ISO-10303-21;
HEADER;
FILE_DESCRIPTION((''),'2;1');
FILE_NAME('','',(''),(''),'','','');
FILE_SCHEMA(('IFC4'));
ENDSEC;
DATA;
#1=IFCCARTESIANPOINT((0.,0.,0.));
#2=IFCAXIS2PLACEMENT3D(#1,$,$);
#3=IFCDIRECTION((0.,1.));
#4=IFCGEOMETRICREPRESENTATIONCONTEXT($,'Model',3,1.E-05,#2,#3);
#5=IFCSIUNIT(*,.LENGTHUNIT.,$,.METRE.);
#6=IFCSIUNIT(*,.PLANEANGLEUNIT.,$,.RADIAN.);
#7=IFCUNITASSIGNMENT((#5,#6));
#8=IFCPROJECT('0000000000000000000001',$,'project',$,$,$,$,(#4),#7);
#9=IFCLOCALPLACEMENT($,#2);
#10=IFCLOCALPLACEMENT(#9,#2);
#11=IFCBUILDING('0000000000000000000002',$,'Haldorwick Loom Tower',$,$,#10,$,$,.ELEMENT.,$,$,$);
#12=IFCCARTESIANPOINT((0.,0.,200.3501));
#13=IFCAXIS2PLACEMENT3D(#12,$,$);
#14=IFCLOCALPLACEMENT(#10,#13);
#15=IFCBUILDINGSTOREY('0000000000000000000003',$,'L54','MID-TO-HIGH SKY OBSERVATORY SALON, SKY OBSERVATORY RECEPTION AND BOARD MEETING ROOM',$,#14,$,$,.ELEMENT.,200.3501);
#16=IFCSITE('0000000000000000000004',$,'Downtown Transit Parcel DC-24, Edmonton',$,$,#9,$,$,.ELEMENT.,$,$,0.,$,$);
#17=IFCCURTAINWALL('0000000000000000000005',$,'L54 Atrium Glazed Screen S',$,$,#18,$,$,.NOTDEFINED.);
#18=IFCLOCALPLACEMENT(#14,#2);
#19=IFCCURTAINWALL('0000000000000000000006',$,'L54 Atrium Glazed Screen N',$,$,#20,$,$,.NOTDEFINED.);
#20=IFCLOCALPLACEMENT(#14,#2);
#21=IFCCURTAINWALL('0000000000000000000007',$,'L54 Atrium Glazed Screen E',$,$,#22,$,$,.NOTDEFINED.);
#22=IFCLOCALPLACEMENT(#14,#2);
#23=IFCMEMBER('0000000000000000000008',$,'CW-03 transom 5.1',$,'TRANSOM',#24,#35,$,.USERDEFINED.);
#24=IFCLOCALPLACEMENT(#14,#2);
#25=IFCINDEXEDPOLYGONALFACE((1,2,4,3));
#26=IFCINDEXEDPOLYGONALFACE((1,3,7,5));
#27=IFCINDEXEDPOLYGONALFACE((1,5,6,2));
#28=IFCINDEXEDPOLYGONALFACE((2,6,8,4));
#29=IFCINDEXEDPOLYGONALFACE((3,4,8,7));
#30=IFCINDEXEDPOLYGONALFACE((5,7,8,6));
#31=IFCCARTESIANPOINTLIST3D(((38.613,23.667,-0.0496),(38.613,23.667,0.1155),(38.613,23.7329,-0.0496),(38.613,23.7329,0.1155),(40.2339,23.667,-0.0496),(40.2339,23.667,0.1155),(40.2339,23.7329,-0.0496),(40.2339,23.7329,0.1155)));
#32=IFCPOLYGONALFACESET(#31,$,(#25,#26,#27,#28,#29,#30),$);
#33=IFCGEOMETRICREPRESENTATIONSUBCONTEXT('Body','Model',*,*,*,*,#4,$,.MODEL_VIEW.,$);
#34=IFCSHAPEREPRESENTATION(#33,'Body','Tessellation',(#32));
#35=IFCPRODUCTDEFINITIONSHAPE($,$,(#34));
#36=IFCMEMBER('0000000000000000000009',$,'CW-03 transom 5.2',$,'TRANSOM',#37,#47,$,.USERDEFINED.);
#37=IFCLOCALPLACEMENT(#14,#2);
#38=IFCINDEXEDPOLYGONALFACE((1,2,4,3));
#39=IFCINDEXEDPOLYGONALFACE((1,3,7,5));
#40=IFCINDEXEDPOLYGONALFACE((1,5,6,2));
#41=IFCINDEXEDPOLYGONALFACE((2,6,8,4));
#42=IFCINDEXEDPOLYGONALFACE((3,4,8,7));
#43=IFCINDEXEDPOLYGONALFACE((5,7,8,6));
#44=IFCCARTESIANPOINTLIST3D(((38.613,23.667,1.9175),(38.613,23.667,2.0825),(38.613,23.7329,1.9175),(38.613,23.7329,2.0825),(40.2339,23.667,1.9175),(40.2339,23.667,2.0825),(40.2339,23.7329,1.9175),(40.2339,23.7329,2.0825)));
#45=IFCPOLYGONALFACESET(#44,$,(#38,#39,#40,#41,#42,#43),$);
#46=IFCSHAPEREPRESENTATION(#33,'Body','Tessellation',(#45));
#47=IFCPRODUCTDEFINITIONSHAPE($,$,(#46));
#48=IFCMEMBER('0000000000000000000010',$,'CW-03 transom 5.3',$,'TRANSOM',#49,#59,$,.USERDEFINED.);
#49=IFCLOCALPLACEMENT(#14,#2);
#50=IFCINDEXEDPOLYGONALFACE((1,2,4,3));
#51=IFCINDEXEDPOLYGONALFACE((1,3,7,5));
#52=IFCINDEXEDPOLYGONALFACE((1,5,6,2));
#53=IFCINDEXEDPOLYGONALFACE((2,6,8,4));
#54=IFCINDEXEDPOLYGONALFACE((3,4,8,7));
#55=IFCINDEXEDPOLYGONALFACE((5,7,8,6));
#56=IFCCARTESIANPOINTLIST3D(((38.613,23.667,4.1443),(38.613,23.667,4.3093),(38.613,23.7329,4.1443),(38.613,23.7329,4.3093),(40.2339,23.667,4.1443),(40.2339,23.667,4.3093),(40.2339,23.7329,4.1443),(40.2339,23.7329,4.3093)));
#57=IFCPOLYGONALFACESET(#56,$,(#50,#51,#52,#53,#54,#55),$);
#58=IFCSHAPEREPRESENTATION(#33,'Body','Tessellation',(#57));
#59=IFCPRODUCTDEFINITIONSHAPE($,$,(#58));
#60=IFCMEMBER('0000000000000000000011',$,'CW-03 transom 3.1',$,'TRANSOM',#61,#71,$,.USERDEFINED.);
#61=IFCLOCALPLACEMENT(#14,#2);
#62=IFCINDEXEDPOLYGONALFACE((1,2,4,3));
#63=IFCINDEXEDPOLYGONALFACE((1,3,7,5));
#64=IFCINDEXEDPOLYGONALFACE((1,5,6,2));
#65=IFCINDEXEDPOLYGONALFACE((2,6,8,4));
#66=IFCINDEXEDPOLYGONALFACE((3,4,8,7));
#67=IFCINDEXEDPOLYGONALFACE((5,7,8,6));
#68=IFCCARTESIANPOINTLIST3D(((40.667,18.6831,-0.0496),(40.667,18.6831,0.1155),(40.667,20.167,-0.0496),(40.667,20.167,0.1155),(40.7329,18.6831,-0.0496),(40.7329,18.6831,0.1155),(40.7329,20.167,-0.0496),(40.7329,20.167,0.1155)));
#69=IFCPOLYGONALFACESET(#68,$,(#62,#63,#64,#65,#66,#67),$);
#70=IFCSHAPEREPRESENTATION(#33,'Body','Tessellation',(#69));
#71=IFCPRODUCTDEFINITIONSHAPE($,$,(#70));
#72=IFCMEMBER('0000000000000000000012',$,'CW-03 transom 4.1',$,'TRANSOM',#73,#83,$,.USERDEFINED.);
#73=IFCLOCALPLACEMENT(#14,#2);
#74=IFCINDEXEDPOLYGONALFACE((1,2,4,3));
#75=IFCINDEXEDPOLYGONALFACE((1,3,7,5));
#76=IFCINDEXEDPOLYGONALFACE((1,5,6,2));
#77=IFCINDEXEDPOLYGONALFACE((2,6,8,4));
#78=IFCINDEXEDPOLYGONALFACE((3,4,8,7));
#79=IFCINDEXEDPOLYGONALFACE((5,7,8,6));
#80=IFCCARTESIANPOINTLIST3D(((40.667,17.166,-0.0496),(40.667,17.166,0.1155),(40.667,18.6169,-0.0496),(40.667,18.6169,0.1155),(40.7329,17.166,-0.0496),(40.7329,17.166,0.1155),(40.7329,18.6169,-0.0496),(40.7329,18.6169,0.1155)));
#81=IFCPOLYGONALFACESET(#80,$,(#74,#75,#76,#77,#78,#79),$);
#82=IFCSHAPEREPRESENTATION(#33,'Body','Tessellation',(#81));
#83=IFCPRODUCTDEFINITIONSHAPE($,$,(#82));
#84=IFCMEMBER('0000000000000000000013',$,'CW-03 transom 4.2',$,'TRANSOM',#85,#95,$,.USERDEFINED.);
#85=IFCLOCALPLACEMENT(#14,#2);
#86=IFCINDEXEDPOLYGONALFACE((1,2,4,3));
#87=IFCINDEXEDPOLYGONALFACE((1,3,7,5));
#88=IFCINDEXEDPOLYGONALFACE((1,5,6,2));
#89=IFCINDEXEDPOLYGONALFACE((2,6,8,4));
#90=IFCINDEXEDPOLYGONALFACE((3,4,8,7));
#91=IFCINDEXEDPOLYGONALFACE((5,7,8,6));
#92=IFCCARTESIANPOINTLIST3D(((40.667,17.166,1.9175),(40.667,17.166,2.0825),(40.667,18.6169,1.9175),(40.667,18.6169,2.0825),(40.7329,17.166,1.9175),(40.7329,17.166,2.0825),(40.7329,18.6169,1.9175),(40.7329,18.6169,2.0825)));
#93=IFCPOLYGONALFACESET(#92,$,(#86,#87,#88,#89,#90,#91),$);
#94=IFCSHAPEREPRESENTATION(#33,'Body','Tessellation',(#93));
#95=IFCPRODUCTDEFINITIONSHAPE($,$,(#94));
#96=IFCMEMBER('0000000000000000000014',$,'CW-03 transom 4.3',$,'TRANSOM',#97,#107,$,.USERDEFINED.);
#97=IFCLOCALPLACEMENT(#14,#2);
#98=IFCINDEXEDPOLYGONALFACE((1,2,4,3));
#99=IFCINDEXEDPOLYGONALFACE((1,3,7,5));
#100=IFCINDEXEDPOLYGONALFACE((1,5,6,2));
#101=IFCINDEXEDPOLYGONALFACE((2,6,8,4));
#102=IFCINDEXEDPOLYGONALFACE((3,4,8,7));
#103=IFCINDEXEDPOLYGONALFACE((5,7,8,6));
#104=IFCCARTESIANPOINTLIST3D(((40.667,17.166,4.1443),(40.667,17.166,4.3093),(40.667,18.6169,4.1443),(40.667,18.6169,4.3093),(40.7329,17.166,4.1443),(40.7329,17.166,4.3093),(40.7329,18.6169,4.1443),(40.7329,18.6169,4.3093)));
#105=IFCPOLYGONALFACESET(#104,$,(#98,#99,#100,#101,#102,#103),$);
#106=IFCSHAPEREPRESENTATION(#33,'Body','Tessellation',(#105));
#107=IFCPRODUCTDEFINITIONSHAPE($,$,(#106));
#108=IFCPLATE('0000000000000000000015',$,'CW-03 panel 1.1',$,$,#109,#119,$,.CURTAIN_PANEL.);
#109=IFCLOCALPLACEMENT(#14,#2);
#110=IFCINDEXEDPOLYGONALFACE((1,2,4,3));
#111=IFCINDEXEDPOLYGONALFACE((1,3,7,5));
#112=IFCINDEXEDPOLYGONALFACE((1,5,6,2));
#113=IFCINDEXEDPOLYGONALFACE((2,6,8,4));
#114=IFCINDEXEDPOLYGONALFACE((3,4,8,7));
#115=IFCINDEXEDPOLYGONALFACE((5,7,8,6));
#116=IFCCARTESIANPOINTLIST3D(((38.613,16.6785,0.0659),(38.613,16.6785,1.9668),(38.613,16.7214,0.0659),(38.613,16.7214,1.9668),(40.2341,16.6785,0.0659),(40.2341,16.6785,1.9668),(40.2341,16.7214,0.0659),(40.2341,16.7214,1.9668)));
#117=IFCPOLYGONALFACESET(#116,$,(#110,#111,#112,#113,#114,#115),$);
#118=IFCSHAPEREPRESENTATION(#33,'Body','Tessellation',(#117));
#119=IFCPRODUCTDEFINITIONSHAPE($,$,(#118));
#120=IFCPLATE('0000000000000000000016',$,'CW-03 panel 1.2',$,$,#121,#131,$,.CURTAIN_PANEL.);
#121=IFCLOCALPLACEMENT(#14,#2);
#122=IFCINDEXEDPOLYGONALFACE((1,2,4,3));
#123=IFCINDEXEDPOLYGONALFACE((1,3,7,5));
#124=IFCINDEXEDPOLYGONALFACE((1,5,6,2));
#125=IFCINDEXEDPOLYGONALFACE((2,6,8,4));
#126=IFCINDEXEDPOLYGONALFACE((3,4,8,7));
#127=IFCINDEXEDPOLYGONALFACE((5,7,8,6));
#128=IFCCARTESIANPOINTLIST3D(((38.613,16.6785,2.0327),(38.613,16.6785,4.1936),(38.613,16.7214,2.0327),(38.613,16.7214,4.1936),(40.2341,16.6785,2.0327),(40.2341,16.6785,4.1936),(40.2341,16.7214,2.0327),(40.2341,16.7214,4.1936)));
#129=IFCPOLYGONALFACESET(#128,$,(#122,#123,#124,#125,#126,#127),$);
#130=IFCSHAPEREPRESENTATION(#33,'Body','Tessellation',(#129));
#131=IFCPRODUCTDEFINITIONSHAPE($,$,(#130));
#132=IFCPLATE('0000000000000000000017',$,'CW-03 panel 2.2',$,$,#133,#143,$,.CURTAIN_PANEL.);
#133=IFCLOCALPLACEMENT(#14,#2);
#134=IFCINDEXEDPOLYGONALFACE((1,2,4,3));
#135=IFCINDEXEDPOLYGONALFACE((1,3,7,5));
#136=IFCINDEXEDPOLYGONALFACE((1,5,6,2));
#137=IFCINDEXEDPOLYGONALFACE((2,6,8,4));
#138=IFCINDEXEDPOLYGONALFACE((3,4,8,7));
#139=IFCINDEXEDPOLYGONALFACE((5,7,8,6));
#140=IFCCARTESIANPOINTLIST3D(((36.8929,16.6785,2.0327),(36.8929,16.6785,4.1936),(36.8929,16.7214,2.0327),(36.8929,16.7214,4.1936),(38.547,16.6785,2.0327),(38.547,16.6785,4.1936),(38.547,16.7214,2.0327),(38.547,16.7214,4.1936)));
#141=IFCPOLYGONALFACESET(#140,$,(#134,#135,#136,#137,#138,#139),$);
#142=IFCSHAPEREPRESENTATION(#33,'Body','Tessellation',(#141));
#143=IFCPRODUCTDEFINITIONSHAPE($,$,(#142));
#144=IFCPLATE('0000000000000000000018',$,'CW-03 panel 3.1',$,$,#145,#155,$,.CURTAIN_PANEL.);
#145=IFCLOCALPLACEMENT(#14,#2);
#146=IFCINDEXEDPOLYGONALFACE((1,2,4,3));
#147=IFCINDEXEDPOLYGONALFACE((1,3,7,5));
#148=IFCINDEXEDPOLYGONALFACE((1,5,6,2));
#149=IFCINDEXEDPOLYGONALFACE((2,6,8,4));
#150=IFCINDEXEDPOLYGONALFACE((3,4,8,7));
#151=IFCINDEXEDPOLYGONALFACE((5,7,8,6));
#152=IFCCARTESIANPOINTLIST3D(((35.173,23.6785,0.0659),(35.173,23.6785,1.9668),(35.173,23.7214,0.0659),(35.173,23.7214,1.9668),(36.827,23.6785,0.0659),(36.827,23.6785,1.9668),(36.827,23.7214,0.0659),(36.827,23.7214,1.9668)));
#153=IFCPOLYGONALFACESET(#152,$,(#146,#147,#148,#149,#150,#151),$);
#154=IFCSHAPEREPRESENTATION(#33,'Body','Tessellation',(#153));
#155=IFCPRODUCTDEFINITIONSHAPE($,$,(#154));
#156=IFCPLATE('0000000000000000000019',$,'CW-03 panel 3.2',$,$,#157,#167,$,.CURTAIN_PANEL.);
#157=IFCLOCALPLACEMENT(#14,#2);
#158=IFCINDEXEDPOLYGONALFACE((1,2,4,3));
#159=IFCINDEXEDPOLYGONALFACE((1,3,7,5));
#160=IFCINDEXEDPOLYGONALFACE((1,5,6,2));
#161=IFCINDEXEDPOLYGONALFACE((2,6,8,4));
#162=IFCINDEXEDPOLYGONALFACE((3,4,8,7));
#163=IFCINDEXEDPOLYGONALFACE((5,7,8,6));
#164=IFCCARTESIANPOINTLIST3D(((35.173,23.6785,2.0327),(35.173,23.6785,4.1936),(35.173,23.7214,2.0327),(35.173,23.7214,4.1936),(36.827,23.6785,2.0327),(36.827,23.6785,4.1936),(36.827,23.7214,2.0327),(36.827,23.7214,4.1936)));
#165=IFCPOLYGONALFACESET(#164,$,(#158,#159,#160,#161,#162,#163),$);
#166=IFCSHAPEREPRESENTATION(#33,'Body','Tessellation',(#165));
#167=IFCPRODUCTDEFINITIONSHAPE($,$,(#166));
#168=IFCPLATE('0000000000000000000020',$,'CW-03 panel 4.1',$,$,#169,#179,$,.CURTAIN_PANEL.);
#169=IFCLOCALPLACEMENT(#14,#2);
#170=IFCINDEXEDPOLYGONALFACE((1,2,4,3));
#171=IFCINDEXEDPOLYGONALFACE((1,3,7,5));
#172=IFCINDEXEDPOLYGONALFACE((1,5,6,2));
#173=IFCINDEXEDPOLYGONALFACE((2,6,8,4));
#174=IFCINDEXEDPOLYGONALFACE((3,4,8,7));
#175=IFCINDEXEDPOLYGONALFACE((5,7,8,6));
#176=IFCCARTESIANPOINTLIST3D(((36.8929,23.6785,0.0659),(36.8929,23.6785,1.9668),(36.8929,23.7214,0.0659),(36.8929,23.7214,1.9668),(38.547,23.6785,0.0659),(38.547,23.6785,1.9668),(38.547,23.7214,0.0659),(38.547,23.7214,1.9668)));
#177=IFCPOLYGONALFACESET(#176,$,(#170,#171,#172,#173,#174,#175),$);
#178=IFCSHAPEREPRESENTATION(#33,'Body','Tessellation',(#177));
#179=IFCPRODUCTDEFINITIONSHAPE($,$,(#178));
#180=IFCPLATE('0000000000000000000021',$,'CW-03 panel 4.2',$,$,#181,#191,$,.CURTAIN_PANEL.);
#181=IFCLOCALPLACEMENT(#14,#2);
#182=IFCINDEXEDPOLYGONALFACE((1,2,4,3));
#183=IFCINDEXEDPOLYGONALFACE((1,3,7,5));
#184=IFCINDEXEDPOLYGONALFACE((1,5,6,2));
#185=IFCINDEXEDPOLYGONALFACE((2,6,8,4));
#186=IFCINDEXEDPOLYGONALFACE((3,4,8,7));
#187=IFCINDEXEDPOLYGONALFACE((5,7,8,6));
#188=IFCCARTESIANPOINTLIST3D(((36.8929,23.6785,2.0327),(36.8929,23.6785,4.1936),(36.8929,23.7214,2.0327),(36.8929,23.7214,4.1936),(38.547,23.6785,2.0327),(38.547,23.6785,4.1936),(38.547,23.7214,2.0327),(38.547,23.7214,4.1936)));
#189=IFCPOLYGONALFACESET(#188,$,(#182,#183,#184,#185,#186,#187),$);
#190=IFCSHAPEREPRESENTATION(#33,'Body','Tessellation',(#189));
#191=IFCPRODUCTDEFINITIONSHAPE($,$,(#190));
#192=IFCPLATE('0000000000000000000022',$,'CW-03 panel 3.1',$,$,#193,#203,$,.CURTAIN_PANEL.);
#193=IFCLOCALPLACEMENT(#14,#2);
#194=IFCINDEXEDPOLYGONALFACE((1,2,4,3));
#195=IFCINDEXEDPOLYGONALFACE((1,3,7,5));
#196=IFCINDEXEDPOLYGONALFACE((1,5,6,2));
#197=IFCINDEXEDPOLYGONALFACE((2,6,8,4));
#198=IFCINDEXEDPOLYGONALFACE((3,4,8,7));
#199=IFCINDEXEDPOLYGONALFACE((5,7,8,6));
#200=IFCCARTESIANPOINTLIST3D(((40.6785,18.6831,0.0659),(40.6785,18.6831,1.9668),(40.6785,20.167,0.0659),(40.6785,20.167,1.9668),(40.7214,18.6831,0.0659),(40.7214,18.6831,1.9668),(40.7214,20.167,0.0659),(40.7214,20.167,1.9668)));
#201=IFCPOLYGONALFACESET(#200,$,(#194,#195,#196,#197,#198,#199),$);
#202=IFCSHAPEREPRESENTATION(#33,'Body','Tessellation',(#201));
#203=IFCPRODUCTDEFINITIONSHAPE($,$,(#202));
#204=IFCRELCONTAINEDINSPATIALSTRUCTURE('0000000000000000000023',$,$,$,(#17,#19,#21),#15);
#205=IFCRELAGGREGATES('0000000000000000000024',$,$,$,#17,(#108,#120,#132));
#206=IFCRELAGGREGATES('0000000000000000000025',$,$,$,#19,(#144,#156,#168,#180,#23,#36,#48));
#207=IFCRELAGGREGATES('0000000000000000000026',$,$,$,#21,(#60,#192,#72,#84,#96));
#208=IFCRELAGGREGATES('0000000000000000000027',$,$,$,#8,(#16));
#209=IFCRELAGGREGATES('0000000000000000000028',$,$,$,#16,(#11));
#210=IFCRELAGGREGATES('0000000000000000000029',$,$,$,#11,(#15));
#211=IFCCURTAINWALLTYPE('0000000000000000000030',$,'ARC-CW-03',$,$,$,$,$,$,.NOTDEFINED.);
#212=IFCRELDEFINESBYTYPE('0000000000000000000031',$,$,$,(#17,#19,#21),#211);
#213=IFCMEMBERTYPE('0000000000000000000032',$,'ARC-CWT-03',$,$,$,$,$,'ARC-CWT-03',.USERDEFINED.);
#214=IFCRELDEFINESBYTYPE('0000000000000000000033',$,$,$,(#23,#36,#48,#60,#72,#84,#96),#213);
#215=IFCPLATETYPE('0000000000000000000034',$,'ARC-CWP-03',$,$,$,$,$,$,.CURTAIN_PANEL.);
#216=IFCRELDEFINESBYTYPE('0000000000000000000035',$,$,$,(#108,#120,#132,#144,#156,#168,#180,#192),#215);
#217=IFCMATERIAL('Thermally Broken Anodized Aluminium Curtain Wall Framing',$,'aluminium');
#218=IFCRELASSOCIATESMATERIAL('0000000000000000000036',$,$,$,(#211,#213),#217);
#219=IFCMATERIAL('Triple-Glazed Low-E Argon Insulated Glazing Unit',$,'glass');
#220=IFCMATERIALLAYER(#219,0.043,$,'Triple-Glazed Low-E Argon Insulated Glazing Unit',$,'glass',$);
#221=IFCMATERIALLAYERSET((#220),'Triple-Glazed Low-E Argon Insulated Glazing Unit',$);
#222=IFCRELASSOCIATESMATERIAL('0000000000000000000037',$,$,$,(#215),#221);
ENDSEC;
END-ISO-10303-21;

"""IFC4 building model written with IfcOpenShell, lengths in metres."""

from ifc_helpers import new_model, si_unit, direction, frame, origin, origin_2d, place, context, subcontext, project, spatial, rectangle, extrude, material, layer, layer_set, material_profile, profile_set, type_object, element, aggregate, save


model = new_model("IFC4")

# Units and contexts
model_context = context("Model", 3, precision=1e-05, world=origin(), true_north=direction((0.0, 1.0)))
body_context = subcontext(model_context, "Body", "Model", "MODEL_VIEW")
ifc_project = project(units=[si_unit("LENGTHUNIT", "METRE"), si_unit("PLANEANGLEUNIT", "RADIAN")], contexts=[model_context])

# Site, building, storey
site_placement = place(None, origin())
site = spatial("IfcSite", under=ifc_project, at=site_placement, Name="Downtown Transit Parcel DC-24, Edmonton", CompositionType="ELEMENT", RefElevation=0.0)
building_placement = place(site_placement, origin())
building = spatial("IfcBuilding", under=site, at=building_placement, Name="Haldorwick Loom Tower", CompositionType="ELEMENT")
storey_placement = place(building_placement, frame((0.0, 0.0, 200.3501)))
storey = spatial("IfcBuildingStorey", under=building, at=storey_placement, Name="L54", Description="MID-TO-HIGH SKY OBSERVATORY SALON, SKY OBSERVATORY RECEPTION AND BOARD MEETING ROOM", CompositionType="ELEMENT", Elevation=200.3501)

# Curtain walls
ifc_material_1 = material(Name="Thermally Broken Anodized Aluminium Curtain Wall Framing", Category="aluminium")
curtain_wall_type = type_object("IfcCurtainWallType", Name="ARC-CW-03", PredefinedType="NOTDEFINED", material=ifc_material_1)
curtain_wall_1_placement = place(storey_placement, origin())
curtain_wall_1 = element("IfcCurtainWall", 1, at=curtain_wall_1_placement, inside=storey, type_object=curtain_wall_type, Name="L54 Atrium Glazed Screen S", PredefinedType="NOTDEFINED")
curtain_wall_2_placement = place(storey_placement, origin())
curtain_wall_2 = element("IfcCurtainWall", 2, at=curtain_wall_2_placement, inside=storey, type_object=curtain_wall_type, Name="L54 Atrium Glazed Screen N", PredefinedType="NOTDEFINED")
curtain_wall_3_placement = place(storey_placement, origin())
curtain_wall_3 = element("IfcCurtainWall", 3, at=curtain_wall_3_placement, inside=storey, type_object=curtain_wall_type, Name="L54 Atrium Glazed Screen E", PredefinedType="NOTDEFINED")

# Members
ifc_material_profile_1 = material_profile(ifc_material_1, rectangle(XDim=0.0659, YDim=0.165, at=origin_2d()), Name="ALU_TRN_66X165", Category="aluminium")
ifc_profile_set_1 = profile_set([ifc_material_profile_1], Name="Thermally Broken Anodized Aluminium Curtain Wall Framing")
member_type_1 = type_object("IfcMemberType", Name="ARC-CWT-03", ElementType="ARC-CWT-03", PredefinedType="USERDEFINED", material=ifc_profile_set_1)
member_1_placement = place(storey_placement, frame((38.613, 23.7, 0.033), z_axis=(1.0, 0.0, 0.0), x_axis=(0.0, 1.0, 0.0)))
member_1 = element("IfcMember", 4, at=member_1_placement, type_object=member_type_1, Name="CW-03 transom 5.1", ObjectType="TRANSOM", PredefinedType="USERDEFINED", context=body_context, shape_type="SweptSolid", body=[
    extrude(rectangle(XDim=0.0659, YDim=0.165, at=origin_2d()), origin(), (0.0, 0.0, 1.0), 1.6208),
])
member_2_placement = place(storey_placement, frame((38.613, 23.7, 2.0), z_axis=(1.0, 0.0, 0.0), x_axis=(0.0, 1.0, 0.0)))
member_2 = element("IfcMember", 5, at=member_2_placement, type_object=member_type_1, Name="CW-03 transom 5.2", ObjectType="TRANSOM", PredefinedType="USERDEFINED", context=body_context, shape_type="SweptSolid", body=[
    extrude(rectangle(XDim=0.0659, YDim=0.165, at=origin_2d()), origin(), (0.0, 0.0, 1.0), 1.6208),
])
member_3_placement = place(storey_placement, frame((38.613, 23.7, 4.2268), z_axis=(1.0, 0.0, 0.0), x_axis=(0.0, 1.0, 0.0)))
member_3 = element("IfcMember", 6, at=member_3_placement, type_object=member_type_1, Name="CW-03 transom 5.3", ObjectType="TRANSOM", PredefinedType="USERDEFINED", context=body_context, shape_type="SweptSolid", body=[
    extrude(rectangle(XDim=0.0659, YDim=0.165, at=origin_2d()), origin(), (0.0, 0.0, 1.0), 1.6208),
])
member_4_placement = place(storey_placement, frame((40.7, 20.167, 0.033), z_axis=(0.0, -1.0, 0.0), x_axis=(1.0, 0.0, 0.0)))
member_4 = element("IfcMember", 7, at=member_4_placement, type_object=member_type_1, Name="CW-03 transom 3.1", ObjectType="TRANSOM", PredefinedType="USERDEFINED", context=body_context, shape_type="SweptSolid", body=[
    extrude(rectangle(XDim=0.0659, YDim=0.165, at=origin_2d()), origin(), (0.0, 0.0, 1.0), 1.4839),
])
member_5_placement = place(storey_placement, frame((40.7, 18.6169, 0.033), z_axis=(0.0, -1.0, 0.0), x_axis=(1.0, 0.0, 0.0)))
member_5 = element("IfcMember", 8, at=member_5_placement, type_object=member_type_1, Name="CW-03 transom 4.1", ObjectType="TRANSOM", PredefinedType="USERDEFINED", context=body_context, shape_type="SweptSolid", body=[
    extrude(rectangle(XDim=0.0659, YDim=0.165, at=origin_2d()), origin(), (0.0, 0.0, 1.0), 1.4509),
])
member_6_placement = place(storey_placement, frame((40.7, 18.6169, 2.0), z_axis=(0.0, -1.0, 0.0), x_axis=(1.0, 0.0, 0.0)))
member_6 = element("IfcMember", 9, at=member_6_placement, type_object=member_type_1, Name="CW-03 transom 4.2", ObjectType="TRANSOM", PredefinedType="USERDEFINED", context=body_context, shape_type="SweptSolid", body=[
    extrude(rectangle(XDim=0.0659, YDim=0.165, at=origin_2d()), origin(), (0.0, 0.0, 1.0), 1.4509),
])
member_7_placement = place(storey_placement, frame((40.7, 18.6169, 4.2268), z_axis=(0.0, -1.0, 0.0), x_axis=(1.0, 0.0, 0.0)))
member_7 = element("IfcMember", 10, at=member_7_placement, type_object=member_type_1, Name="CW-03 transom 4.3", ObjectType="TRANSOM", PredefinedType="USERDEFINED", context=body_context, shape_type="SweptSolid", body=[
    extrude(rectangle(XDim=0.0659, YDim=0.165, at=origin_2d()), origin(), (0.0, 0.0, 1.0), 1.4509),
])

# Plates
ifc_material_2 = material(Name="Triple-Glazed Low-E Argon Insulated Glazing Unit", Category="glass")
ifc_layer_1 = layer(ifc_material_2, 0.043, Name="Triple-Glazed Low-E Argon Insulated Glazing Unit", Category="glass")
ifc_layer_set_1 = layer_set([ifc_layer_1], Name="Triple-Glazed Low-E Argon Insulated Glazing Unit")
plate_type = type_object("IfcPlateType", Name="ARC-CWP-03", PredefinedType="CURTAIN_PANEL", material=ifc_layer_set_1)
plate_1_placement = place(storey_placement, frame((39.4236, 16.7, 0.0659), z_axis=(0.0, 0.0, 1.0), x_axis=(-1.0, 0.0, 0.0)))
plate_1 = element("IfcPlate", 11, at=plate_1_placement, type_object=plate_type, Name="CW-03 panel 1.1", PredefinedType="CURTAIN_PANEL", context=body_context, shape_type="SweptSolid", body=[
    extrude(rectangle(XDim=1.6211, YDim=0.043, at=origin_2d()), origin(), (0.0, 0.0, 1.0), 1.9009),
])
plate_2_placement = place(storey_placement, frame((39.4236, 16.7, 2.0327), z_axis=(0.0, 0.0, 1.0), x_axis=(-1.0, 0.0, 0.0)))
plate_2 = element("IfcPlate", 12, at=plate_2_placement, type_object=plate_type, Name="CW-03 panel 1.2", PredefinedType="CURTAIN_PANEL", context=body_context, shape_type="SweptSolid", body=[
    extrude(rectangle(XDim=1.6211, YDim=0.043, at=origin_2d()), origin(), (0.0, 0.0, 1.0), 2.1609),
])
plate_3_placement = place(storey_placement, frame((37.72, 16.7, 2.0327), z_axis=(0.0, 0.0, 1.0), x_axis=(-1.0, 0.0, 0.0)))
plate_3 = element("IfcPlate", 13, at=plate_3_placement, type_object=plate_type, Name="CW-03 panel 2.2", PredefinedType="CURTAIN_PANEL", context=body_context, shape_type="SweptSolid", body=[
    extrude(rectangle(XDim=1.6541, YDim=0.043, at=origin_2d()), origin(), (0.0, 0.0, 1.0), 2.1609),
])
aggregate(curtain_wall_1, [plate_1, plate_2, plate_3])
plate_4_placement = place(storey_placement, frame((36.0, 23.7, 0.0659), z_axis=(0.0, 0.0, 1.0), x_axis=(1.0, 0.0, 0.0)))
plate_4 = element("IfcPlate", 14, at=plate_4_placement, type_object=plate_type, Name="CW-03 panel 3.1", PredefinedType="CURTAIN_PANEL", context=body_context, shape_type="SweptSolid", body=[
    extrude(rectangle(XDim=1.6541, YDim=0.043, at=origin_2d()), origin(), (0.0, 0.0, 1.0), 1.9009),
])
plate_5_placement = place(storey_placement, frame((36.0, 23.7, 2.0327), z_axis=(0.0, 0.0, 1.0), x_axis=(1.0, 0.0, 0.0)))
plate_5 = element("IfcPlate", 15, at=plate_5_placement, type_object=plate_type, Name="CW-03 panel 3.2", PredefinedType="CURTAIN_PANEL", context=body_context, shape_type="SweptSolid", body=[
    extrude(rectangle(XDim=1.6541, YDim=0.043, at=origin_2d()), origin(), (0.0, 0.0, 1.0), 2.1609),
])
plate_6_placement = place(storey_placement, frame((37.72, 23.7, 0.0659), z_axis=(0.0, 0.0, 1.0), x_axis=(1.0, 0.0, 0.0)))
plate_6 = element("IfcPlate", 16, at=plate_6_placement, type_object=plate_type, Name="CW-03 panel 4.1", PredefinedType="CURTAIN_PANEL", context=body_context, shape_type="SweptSolid", body=[
    extrude(rectangle(XDim=1.6541, YDim=0.043, at=origin_2d()), origin(), (0.0, 0.0, 1.0), 1.9009),
])
plate_7_placement = place(storey_placement, frame((37.72, 23.7, 2.0327), z_axis=(0.0, 0.0, 1.0), x_axis=(1.0, 0.0, 0.0)))
plate_7 = element("IfcPlate", 17, at=plate_7_placement, type_object=plate_type, Name="CW-03 panel 4.2", PredefinedType="CURTAIN_PANEL", context=body_context, shape_type="SweptSolid", body=[
    extrude(rectangle(XDim=1.6541, YDim=0.043, at=origin_2d()), origin(), (0.0, 0.0, 1.0), 2.1609),
])
aggregate(curtain_wall_2, [plate_4, plate_5, plate_6, plate_7, member_1, member_2, member_3])
plate_8_placement = place(storey_placement, frame((40.7, 19.425, 0.0659), z_axis=(0.0, 0.0, 1.0), x_axis=(0.0, -1.0, 0.0)))
plate_8 = element("IfcPlate", 18, at=plate_8_placement, type_object=plate_type, Name="CW-03 panel 3.1", PredefinedType="CURTAIN_PANEL", context=body_context, shape_type="SweptSolid", body=[
    extrude(rectangle(XDim=1.4839, YDim=0.043, at=origin_2d()), origin(), (0.0, 0.0, 1.0), 1.9009),
])
aggregate(curtain_wall_3, [member_4, plate_8, member_5, member_6, member_7])

save(model, "model.ifc")
